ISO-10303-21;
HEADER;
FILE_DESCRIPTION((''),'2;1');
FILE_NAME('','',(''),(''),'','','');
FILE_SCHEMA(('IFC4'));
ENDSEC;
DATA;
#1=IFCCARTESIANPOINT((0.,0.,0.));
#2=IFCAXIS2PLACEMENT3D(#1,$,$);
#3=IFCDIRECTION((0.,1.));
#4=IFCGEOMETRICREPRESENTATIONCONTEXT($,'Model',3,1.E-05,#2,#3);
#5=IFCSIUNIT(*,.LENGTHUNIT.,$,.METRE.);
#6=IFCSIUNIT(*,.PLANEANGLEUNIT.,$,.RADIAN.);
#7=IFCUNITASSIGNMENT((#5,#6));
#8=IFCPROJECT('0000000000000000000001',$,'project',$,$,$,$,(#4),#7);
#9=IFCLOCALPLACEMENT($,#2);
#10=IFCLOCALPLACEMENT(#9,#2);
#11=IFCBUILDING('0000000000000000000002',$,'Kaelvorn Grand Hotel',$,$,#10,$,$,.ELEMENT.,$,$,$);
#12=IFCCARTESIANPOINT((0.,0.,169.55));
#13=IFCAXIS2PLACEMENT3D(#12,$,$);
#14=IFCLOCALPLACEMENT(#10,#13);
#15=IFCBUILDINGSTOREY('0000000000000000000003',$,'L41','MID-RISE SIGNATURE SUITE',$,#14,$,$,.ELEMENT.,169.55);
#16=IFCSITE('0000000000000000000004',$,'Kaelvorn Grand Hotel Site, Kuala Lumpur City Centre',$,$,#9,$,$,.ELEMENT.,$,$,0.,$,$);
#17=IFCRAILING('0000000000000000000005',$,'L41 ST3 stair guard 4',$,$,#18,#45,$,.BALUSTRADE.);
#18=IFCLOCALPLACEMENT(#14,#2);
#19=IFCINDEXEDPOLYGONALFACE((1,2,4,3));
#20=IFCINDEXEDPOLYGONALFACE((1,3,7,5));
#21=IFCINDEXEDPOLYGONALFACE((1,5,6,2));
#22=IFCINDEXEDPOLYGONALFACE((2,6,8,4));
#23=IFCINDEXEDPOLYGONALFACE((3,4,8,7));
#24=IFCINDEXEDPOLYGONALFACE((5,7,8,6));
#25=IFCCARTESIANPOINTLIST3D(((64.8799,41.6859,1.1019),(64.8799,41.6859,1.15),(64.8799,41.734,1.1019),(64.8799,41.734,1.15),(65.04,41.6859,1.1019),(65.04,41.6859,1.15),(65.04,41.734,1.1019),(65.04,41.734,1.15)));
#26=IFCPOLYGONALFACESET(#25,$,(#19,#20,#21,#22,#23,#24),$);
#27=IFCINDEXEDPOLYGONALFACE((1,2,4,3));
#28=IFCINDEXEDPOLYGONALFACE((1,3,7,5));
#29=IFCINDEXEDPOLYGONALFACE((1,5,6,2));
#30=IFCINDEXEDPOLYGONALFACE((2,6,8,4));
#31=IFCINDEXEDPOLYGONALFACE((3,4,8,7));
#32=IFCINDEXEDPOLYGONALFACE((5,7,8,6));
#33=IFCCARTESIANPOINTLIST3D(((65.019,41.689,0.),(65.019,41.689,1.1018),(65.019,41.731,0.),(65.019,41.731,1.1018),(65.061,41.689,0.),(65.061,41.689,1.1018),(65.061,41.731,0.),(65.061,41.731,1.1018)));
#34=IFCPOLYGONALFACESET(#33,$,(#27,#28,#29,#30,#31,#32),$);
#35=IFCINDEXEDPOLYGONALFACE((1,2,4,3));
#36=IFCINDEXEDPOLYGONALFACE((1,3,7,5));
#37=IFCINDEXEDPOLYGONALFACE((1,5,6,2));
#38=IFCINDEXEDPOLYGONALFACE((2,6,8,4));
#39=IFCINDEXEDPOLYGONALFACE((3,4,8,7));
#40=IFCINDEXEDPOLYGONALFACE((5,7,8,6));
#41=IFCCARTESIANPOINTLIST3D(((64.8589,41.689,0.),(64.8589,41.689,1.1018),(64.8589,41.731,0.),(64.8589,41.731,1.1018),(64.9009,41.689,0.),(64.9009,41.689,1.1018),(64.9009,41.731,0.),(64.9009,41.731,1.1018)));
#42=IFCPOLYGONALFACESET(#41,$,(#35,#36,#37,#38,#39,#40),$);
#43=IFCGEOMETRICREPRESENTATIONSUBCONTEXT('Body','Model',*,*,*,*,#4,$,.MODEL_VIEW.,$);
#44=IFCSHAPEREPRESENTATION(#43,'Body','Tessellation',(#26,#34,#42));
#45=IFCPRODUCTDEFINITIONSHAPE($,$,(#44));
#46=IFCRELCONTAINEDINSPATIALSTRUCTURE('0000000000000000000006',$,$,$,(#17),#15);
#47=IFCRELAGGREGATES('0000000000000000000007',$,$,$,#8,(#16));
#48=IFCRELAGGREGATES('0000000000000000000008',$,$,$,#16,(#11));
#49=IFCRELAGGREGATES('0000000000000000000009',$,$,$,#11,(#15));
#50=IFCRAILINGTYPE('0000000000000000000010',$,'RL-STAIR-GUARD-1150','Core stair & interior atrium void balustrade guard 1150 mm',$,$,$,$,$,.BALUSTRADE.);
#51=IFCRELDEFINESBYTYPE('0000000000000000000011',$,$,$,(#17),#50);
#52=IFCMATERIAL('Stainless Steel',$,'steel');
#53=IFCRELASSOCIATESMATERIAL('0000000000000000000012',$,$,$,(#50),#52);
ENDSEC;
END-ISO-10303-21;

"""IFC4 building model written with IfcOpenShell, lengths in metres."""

from ifc_helpers import new_model, si_unit, direction, frame, origin, origin_2d, place, context, subcontext, project, spatial, rectangle, extrude, material, type_object, element, save


model = new_model("IFC4")

# Units and contexts
model_context = context("Model", 3, precision=1e-05, world=origin(), true_north=direction((0.0, 1.0)))
body_context = subcontext(model_context, "Body", "Model", "MODEL_VIEW")
ifc_project = project(units=[si_unit("LENGTHUNIT", "METRE"), si_unit("PLANEANGLEUNIT", "RADIAN")], contexts=[model_context])

# Site, building, storey
site_placement = place(None, origin())
site = spatial("IfcSite", under=ifc_project, at=site_placement, Name="Kaelvorn Grand Hotel Site, Kuala Lumpur City Centre", CompositionType="ELEMENT", RefElevation=0.0)
building_placement = place(site_placement, origin())
building = spatial("IfcBuilding", under=site, at=building_placement, Name="Kaelvorn Grand Hotel", CompositionType="ELEMENT")
storey_placement = place(building_placement, frame((0.0, 0.0, 169.55)))
storey = spatial("IfcBuildingStorey", under=building, at=storey_placement, Name="L41", Description="MID-RISE SIGNATURE SUITE", CompositionType="ELEMENT", Elevation=169.55)

# Shared definitions
ifc_material_1 = material(Name="Stainless Steel", Category="steel")

# Railing
railing_type_1 = type_object("IfcRailingType", Name="RL-STAIR-GUARD-1150", Description="Core stair & interior atrium void balustrade guard 1150 mm", PredefinedType="BALUSTRADE", material=ifc_material_1)
railing_1_placement = place(storey_placement, frame((65.04, 41.71, 0.0)))
element("IfcRailing", 1, at=railing_1_placement, inside=storey, type_object=railing_type_1, Name="L41 ST3 stair guard 4", PredefinedType="BALUSTRADE", context=body_context, shape_type="SweptSolid", body=[
    extrude(rectangle(XDim=0.0481, YDim=0.0481, at=origin_2d()), frame((0.0, 0.0, 1.126), z_axis=(-1.0, 0.0, 0.0), x_axis=(0.0, -1.0, 0.0)), (0.0, 0.0, 1.0), 0.1602),
    extrude(rectangle(XDim=0.042, YDim=0.042, at=origin_2d()), origin(), (0.0, 0.0, 1.0), 1.1018),
    extrude(rectangle(XDim=0.042, YDim=0.042, at=origin_2d()), frame((-0.1602, 0.0, 0.0)), (0.0, 0.0, 1.0), 1.1018),
])

save(model, "model.ifc")
